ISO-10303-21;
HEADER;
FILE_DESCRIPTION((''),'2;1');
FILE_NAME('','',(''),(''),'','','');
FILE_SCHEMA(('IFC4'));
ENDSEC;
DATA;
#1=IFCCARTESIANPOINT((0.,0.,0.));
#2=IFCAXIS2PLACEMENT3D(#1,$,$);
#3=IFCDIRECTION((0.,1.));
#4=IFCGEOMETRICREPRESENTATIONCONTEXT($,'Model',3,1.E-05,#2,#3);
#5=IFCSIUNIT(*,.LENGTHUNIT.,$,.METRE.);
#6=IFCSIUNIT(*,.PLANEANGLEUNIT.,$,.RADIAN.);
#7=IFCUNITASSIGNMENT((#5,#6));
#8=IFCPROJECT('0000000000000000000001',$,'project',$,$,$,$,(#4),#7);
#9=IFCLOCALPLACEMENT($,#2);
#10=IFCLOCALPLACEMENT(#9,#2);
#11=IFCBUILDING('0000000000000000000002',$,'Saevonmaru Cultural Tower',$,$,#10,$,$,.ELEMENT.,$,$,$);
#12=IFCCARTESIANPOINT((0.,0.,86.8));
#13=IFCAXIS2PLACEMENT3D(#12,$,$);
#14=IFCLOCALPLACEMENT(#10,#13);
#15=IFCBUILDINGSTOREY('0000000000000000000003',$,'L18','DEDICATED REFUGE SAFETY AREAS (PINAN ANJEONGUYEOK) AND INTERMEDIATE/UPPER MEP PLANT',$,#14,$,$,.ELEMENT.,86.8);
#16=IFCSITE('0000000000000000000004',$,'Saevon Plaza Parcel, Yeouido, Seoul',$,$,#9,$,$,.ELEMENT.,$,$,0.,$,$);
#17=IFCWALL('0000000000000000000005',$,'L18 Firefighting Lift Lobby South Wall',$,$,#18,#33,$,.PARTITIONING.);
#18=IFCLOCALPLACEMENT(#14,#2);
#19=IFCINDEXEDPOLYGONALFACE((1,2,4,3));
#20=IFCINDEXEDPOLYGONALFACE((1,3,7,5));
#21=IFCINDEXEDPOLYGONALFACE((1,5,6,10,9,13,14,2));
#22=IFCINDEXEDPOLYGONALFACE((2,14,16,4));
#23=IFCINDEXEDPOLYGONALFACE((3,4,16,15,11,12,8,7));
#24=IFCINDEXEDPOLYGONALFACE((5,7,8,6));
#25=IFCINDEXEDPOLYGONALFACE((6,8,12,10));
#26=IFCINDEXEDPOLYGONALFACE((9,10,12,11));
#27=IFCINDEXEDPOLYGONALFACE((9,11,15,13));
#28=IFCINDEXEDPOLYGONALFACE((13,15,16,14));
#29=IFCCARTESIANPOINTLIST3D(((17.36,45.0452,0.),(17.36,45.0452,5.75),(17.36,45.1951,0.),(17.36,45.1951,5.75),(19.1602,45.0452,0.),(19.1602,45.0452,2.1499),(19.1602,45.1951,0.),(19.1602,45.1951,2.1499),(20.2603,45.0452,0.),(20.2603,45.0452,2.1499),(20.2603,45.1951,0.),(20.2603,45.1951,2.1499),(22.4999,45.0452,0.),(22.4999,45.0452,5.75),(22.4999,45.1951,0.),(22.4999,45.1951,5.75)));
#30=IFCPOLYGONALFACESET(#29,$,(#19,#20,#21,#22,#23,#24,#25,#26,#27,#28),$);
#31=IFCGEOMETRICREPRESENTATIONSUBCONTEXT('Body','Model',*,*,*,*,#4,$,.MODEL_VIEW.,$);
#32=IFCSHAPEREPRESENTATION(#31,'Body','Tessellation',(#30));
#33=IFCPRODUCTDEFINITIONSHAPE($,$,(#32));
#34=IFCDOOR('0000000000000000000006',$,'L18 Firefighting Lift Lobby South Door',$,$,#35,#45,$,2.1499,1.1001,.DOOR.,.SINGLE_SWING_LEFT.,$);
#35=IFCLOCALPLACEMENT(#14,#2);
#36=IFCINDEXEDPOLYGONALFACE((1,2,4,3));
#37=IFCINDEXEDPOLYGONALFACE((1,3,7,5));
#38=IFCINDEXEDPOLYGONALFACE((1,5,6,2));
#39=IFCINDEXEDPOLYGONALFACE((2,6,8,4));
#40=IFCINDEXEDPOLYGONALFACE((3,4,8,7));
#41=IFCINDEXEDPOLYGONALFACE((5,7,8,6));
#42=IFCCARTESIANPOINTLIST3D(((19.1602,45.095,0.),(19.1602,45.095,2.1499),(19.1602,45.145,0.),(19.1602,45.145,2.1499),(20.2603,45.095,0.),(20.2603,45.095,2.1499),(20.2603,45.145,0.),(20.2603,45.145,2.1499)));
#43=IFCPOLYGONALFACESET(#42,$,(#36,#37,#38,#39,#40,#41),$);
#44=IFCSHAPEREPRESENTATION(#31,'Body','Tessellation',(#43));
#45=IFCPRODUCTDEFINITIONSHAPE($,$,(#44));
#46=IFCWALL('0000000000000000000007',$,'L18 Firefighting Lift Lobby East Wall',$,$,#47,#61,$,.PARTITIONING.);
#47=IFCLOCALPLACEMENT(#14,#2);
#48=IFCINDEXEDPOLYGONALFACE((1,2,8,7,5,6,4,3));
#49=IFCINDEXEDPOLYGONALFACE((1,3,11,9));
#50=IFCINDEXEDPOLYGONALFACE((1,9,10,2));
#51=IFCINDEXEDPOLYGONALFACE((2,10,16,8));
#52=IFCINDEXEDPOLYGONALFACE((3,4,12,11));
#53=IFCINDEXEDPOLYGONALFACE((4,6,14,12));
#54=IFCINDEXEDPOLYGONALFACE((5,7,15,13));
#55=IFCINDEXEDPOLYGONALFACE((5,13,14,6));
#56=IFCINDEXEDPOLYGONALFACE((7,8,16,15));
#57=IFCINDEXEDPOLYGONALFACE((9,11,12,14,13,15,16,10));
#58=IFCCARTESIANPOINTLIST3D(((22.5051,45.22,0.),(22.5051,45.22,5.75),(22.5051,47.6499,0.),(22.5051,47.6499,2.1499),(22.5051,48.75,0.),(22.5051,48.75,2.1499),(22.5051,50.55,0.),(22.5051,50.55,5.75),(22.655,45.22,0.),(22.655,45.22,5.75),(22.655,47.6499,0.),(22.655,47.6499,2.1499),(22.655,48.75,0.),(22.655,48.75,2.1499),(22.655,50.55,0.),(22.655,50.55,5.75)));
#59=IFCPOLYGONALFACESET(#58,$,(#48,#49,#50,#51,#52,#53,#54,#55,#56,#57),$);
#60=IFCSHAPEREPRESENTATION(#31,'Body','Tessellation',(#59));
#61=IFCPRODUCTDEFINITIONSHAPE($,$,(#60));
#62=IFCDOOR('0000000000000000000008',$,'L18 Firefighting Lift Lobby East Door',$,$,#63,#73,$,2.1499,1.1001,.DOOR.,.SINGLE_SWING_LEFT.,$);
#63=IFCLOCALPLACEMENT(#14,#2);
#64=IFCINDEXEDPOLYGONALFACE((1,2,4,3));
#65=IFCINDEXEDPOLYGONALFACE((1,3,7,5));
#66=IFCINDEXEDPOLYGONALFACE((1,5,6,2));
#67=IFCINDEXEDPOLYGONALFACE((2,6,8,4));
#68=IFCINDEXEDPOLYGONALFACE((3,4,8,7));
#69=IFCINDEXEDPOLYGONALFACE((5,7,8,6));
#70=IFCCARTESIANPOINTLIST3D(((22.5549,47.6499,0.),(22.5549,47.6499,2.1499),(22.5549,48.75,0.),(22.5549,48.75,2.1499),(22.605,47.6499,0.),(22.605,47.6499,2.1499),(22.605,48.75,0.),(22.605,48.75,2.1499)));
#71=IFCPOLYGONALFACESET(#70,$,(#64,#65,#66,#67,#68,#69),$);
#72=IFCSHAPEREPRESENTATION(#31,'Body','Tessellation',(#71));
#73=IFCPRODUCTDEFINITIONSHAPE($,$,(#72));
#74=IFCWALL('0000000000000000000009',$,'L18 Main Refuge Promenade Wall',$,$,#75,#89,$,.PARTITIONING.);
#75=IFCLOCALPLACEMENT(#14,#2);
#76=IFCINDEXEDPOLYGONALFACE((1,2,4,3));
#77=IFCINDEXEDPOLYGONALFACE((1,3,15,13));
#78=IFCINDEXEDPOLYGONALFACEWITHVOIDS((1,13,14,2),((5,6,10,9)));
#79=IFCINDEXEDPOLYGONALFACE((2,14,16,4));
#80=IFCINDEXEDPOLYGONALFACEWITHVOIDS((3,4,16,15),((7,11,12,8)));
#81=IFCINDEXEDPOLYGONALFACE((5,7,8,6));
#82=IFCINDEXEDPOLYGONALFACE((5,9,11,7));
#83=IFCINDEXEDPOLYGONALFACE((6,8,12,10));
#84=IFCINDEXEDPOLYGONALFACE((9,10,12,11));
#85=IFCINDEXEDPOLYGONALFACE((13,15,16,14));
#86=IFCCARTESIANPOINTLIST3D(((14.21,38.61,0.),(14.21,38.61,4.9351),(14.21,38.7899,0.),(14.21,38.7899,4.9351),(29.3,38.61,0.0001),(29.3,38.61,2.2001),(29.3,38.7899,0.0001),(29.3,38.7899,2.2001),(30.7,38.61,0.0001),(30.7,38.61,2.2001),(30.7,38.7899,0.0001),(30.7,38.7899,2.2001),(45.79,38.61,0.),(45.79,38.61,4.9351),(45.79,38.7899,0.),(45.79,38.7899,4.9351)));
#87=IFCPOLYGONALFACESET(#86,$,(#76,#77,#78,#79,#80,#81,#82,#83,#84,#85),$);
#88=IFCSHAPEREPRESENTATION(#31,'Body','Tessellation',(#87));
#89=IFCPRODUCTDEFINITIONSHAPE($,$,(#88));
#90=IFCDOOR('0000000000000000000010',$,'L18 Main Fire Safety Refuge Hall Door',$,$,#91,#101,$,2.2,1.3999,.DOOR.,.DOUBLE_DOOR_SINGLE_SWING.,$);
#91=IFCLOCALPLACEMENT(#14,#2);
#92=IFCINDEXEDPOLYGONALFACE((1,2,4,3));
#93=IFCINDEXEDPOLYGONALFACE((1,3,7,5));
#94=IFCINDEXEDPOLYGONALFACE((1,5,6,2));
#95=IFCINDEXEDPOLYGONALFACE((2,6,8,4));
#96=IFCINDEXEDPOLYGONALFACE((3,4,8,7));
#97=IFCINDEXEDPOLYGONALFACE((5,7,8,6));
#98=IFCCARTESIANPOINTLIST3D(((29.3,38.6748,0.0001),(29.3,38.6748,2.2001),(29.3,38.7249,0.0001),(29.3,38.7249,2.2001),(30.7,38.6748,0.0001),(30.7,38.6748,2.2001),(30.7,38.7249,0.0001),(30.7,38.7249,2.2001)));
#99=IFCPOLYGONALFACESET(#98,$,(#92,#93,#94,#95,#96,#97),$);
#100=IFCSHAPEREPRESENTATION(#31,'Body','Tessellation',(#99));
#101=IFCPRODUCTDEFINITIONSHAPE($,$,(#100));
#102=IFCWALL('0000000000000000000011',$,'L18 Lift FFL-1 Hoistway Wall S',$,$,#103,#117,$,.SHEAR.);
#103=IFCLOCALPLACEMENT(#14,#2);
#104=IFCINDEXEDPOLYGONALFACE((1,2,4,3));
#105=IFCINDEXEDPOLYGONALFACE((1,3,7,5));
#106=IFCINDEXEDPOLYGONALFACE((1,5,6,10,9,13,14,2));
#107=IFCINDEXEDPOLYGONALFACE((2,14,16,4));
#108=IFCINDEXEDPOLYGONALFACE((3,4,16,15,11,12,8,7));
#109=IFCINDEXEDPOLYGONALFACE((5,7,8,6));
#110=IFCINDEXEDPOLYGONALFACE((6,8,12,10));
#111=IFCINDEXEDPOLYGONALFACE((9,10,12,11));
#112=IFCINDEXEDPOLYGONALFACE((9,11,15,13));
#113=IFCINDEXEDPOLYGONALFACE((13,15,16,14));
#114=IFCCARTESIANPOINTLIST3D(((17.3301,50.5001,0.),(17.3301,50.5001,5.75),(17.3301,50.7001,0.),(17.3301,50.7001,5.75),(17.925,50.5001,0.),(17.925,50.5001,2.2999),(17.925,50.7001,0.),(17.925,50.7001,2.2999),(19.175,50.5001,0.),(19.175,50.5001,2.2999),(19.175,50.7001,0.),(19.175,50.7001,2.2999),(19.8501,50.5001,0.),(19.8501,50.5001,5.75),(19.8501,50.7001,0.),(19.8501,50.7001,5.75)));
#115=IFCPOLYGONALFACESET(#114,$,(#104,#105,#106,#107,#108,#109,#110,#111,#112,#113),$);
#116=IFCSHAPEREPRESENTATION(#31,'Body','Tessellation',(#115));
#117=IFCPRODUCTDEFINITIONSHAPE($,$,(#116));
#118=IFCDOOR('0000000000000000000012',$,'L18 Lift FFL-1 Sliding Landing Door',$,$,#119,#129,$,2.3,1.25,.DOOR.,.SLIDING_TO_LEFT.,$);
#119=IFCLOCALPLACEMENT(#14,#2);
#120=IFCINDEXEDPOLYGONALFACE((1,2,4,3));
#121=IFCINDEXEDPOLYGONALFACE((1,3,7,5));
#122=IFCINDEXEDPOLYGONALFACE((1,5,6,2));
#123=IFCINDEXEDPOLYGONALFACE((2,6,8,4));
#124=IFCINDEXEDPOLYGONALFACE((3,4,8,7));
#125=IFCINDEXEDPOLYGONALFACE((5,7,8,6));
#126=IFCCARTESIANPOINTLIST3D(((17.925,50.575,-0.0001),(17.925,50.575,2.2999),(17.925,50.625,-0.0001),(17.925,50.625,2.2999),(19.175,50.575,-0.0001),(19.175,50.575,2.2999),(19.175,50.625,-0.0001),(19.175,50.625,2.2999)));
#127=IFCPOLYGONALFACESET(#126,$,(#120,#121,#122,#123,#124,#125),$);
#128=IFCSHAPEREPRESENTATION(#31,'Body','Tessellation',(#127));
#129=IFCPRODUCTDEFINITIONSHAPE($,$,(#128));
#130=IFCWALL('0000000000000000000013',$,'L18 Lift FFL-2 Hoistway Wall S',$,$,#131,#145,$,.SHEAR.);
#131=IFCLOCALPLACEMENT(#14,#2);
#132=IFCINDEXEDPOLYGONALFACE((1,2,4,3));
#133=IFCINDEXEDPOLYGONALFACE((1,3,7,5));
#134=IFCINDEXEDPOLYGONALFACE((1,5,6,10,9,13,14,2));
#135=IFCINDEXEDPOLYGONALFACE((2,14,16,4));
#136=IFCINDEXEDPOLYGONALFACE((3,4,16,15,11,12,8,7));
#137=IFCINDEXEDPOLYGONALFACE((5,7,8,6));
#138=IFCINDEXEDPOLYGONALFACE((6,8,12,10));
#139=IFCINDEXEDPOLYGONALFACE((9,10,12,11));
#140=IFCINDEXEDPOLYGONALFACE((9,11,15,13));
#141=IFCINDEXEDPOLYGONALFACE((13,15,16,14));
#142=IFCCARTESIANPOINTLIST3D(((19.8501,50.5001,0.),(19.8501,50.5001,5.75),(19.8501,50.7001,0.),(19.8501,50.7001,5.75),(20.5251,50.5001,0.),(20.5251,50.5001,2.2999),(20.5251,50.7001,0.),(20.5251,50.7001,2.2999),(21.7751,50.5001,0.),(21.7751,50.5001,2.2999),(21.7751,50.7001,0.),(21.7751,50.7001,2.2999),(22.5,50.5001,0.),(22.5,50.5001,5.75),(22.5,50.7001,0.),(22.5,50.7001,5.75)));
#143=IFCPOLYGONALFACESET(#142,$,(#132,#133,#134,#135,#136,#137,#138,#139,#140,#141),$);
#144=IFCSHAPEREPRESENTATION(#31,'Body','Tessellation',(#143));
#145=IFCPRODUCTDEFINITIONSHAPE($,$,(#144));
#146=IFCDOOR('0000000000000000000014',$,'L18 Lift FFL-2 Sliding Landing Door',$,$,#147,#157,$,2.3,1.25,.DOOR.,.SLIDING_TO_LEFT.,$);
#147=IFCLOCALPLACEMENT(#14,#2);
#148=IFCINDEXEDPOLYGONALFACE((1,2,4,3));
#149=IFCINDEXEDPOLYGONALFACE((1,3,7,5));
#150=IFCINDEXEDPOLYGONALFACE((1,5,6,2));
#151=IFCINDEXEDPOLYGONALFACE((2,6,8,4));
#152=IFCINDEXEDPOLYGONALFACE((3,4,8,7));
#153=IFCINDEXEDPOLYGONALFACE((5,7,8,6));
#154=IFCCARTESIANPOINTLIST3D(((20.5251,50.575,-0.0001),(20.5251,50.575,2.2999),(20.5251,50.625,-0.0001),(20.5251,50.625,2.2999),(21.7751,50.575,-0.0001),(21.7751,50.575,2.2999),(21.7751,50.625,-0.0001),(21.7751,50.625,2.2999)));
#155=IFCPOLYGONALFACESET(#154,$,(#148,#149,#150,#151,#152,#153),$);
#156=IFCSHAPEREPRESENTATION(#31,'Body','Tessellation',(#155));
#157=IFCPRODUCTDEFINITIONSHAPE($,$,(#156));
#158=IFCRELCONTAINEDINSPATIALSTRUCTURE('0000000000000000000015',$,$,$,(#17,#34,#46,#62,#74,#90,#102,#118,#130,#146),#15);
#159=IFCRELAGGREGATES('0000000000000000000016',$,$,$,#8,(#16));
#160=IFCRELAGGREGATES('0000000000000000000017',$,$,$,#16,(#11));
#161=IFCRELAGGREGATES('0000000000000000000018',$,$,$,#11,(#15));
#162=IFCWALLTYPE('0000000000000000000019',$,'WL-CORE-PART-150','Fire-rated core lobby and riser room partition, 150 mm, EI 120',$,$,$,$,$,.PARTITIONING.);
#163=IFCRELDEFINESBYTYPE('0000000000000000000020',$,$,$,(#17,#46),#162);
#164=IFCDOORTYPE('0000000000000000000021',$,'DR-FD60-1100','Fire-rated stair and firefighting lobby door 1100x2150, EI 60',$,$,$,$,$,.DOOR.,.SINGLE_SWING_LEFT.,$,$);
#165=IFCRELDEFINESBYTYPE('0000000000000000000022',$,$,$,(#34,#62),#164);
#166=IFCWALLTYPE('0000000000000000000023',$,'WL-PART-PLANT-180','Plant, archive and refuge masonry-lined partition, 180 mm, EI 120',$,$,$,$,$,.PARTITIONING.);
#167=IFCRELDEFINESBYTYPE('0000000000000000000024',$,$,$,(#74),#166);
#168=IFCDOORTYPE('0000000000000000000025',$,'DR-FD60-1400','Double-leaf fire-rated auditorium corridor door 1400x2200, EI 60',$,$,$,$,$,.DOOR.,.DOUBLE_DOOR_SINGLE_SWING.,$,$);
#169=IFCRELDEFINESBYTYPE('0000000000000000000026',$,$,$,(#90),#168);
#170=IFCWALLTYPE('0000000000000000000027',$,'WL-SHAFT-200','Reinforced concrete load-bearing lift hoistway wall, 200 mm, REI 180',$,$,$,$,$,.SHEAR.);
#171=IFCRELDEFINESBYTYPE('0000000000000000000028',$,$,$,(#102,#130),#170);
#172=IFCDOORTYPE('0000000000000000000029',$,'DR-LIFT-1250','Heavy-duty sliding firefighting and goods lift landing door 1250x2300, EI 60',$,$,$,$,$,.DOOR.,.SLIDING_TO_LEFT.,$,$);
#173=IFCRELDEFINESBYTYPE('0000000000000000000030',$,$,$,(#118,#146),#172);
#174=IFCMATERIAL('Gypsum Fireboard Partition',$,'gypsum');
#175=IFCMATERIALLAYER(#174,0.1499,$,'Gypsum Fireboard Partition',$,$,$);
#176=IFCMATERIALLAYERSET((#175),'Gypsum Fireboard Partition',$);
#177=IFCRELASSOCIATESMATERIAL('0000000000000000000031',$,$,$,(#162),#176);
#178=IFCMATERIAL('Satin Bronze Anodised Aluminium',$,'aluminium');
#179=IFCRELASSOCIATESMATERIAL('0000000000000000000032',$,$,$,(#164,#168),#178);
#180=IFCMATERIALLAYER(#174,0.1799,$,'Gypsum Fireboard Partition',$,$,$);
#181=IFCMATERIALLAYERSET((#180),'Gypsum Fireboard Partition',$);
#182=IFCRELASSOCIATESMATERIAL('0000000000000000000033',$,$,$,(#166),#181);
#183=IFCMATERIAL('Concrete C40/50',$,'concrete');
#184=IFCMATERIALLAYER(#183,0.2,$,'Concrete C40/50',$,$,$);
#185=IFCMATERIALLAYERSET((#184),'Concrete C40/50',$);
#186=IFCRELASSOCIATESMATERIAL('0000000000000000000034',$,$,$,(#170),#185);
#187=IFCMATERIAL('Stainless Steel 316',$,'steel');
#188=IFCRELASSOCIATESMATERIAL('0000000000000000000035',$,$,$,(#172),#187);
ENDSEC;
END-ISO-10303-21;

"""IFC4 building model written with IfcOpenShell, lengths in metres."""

from ifc_helpers import new_model, si_unit, direction, frame, frame_2d, origin, place, context, subcontext, project, spatial, rectangle, extrude, material, layer, layer_set, type_object, element, fill, save


model = new_model("IFC4")

# Units and contexts
model_context = context("Model", 3, precision=1e-05, world=origin(), true_north=direction((0.0, 1.0)))
body_context = subcontext(model_context, "Body", "Model", "MODEL_VIEW")
ifc_project = project(units=[si_unit("LENGTHUNIT", "METRE"), si_unit("PLANEANGLEUNIT", "RADIAN")], contexts=[model_context])

# Site, building, storey
site_placement = place(None, origin())
site = spatial("IfcSite", under=ifc_project, at=site_placement, Name="Saevon Plaza Parcel, Yeouido, Seoul", CompositionType="ELEMENT", RefElevation=0.0)
building_placement = place(site_placement, origin())
building = spatial("IfcBuilding", under=site, at=building_placement, Name="Saevonmaru Cultural Tower", CompositionType="ELEMENT")
storey_placement = place(building_placement, frame((0.0, 0.0, 86.8)))
storey = spatial("IfcBuildingStorey", under=building, at=storey_placement, Name="L18", Description="DEDICATED REFUGE SAFETY AREAS (PINAN ANJEONGUYEOK) AND INTERMEDIATE/UPPER MEP PLANT", CompositionType="ELEMENT", Elevation=86.8)

# Walls, openings, doors
ifc_material_1 = material(Name="Gypsum Fireboard Partition", Category="gypsum")
ifc_layer_1 = layer(ifc_material_1, 0.1499, Name="Gypsum Fireboard Partition")
ifc_layer_set_1 = layer_set([ifc_layer_1], Name="Gypsum Fireboard Partition")
wall_type_1 = type_object("IfcWallType", Name="WL-CORE-PART-150", Description="Fire-rated core lobby and riser room partition, 150 mm, EI 120", PredefinedType="PARTITIONING", material=ifc_layer_set_1)
wall_1_placement = place(storey_placement, frame((17.3601, 45.1201, 0.0), z_axis=(0.0, 0.0, 1.0), x_axis=(1.0, 0.0, 0.0)))
wall_1 = element("IfcWall", 1, at=wall_1_placement, inside=storey, type_object=wall_type_1, Name="L18 Firefighting Lift Lobby South Wall", PredefinedType="PARTITIONING", context=body_context, shape_type="SweptSolid", body=[
    extrude(rectangle(XDim=5.1399, YDim=0.1499, at=frame_2d((2.5698, 0.0))), origin(), (0.0, 0.0, 1.0), 5.75),
])
opening_1_placement = place(wall_1_placement, frame((1.8, 0.0, 0.0)))
opening_1 = element("IfcOpeningElement", 2, at=opening_1_placement, cuts=wall_1, PredefinedType="OPENING", context=body_context, shape_type="SweptSolid", body=[
    extrude(rectangle(XDim=1.1001, YDim=2.1499, at=frame_2d((0.55, 1.075))), frame((0.0, 0.085, 0.0), z_axis=(0.0, -1.0, 0.0), x_axis=(1.0, 0.0, 0.0)), (0.0, 0.0, 1.0), 0.1699),
])
ifc_material_2 = material(Name="Satin Bronze Anodised Aluminium", Category="aluminium")
door_type_1 = type_object("IfcDoorType", Name="DR-FD60-1100", Description="Fire-rated stair and firefighting lobby door 1100x2150, EI 60", OperationType="SINGLE_SWING_LEFT", PredefinedType="DOOR", material=ifc_material_2)
door_1_placement = place(opening_1_placement, origin())
door_1 = element("IfcDoor", 3, at=door_1_placement, inside=storey, type_object=door_type_1, Name="L18 Firefighting Lift Lobby South Door", OperationType="SINGLE_SWING_LEFT", OverallHeight=2.1499, OverallWidth=1.1001, PredefinedType="DOOR", context=body_context, shape_type="SweptSolid", body=[
    extrude(rectangle(XDim=1.1001, YDim=2.1499, at=frame_2d((0.55, 1.075))), frame((0.0, 0.0249, 0.0), z_axis=(0.0, -1.0, 0.0), x_axis=(1.0, 0.0, 0.0)), (0.0, 0.0, 1.0), 0.05),
])
fill(opening_1, door_1)
wall_2_placement = place(storey_placement, frame((22.5801, 50.55, 0.0), z_axis=(0.0, 0.0, 1.0), x_axis=(0.0, -1.0, 0.0)))
wall_2 = element("IfcWall", 4, at=wall_2_placement, inside=storey, type_object=wall_type_1, Name="L18 Firefighting Lift Lobby East Wall", PredefinedType="PARTITIONING", context=body_context, shape_type="SweptSolid", body=[
    extrude(rectangle(XDim=5.3301, YDim=0.1499, at=frame_2d((2.665, 0.0))), origin(), (0.0, 0.0, 1.0), 5.75),
])
opening_2_placement = place(wall_2_placement, frame((1.8, 0.0, 0.0)))
opening_2 = element("IfcOpeningElement", 5, at=opening_2_placement, cuts=wall_2, PredefinedType="OPENING", context=body_context, shape_type="SweptSolid", body=[
    extrude(rectangle(XDim=1.1001, YDim=2.1499, at=frame_2d((0.55, 1.075))), frame((0.0, 0.085, 0.0), z_axis=(0.0, -1.0, 0.0), x_axis=(1.0, 0.0, 0.0)), (0.0, 0.0, 1.0), 0.1699),
])
door_2_placement = place(opening_2_placement, origin())
door_2 = element("IfcDoor", 6, at=door_2_placement, inside=storey, type_object=door_type_1, Name="L18 Firefighting Lift Lobby East Door", OperationType="SINGLE_SWING_LEFT", OverallHeight=2.1499, OverallWidth=1.1001, PredefinedType="DOOR", context=body_context, shape_type="SweptSolid", body=[
    extrude(rectangle(XDim=1.1001, YDim=2.1499, at=frame_2d((0.55, 1.075))), frame((0.0, 0.0249, 0.0), z_axis=(0.0, -1.0, 0.0), x_axis=(1.0, 0.0, 0.0)), (0.0, 0.0, 1.0), 0.05),
])
fill(opening_2, door_2)
ifc_layer_2 = layer(ifc_material_1, 0.1799, Name="Gypsum Fireboard Partition")
ifc_layer_set_2 = layer_set([ifc_layer_2], Name="Gypsum Fireboard Partition")
wall_type_2 = type_object("IfcWallType", Name="WL-PART-PLANT-180", Description="Plant, archive and refuge masonry-lined partition, 180 mm, EI 120", PredefinedType="PARTITIONING", material=ifc_layer_set_2)
wall_3_placement = place(storey_placement, frame((14.21, 38.7, 0.0), z_axis=(0.0, 0.0, 1.0), x_axis=(1.0, 0.0, 0.0)))
wall_3 = element("IfcWall", 7, at=wall_3_placement, inside=storey, type_object=wall_type_2, Name="L18 Main Refuge Promenade Wall", PredefinedType="PARTITIONING", context=body_context, shape_type="SweptSolid", body=[
    extrude(rectangle(XDim=31.5801, YDim=0.1799, at=frame_2d((15.79, 0.0))), origin(), (0.0, 0.0, 1.0), 4.9351),
])
opening_3_placement = place(wall_3_placement, frame((15.0901, 0.0, 0.0)))
opening_3 = element("IfcOpeningElement", 8, at=opening_3_placement, cuts=wall_3, PredefinedType="OPENING", context=body_context, shape_type="SweptSolid", body=[
    extrude(rectangle(XDim=1.3999, YDim=2.2, at=frame_2d((0.7, 1.1001))), frame((0.0, 0.1001, 0.0), z_axis=(0.0, -1.0, 0.0), x_axis=(1.0, 0.0, 0.0)), (0.0, 0.0, 1.0), 0.2),
])
door_type_2 = type_object("IfcDoorType", Name="DR-FD60-1400", Description="Double-leaf fire-rated auditorium corridor door 1400x2200, EI 60", OperationType="DOUBLE_DOOR_SINGLE_SWING", PredefinedType="DOOR", material=ifc_material_2)
door_3_placement = place(opening_3_placement, origin())
door_3 = element("IfcDoor", 9, at=door_3_placement, inside=storey, type_object=door_type_2, Name="L18 Main Fire Safety Refuge Hall Door", OperationType="DOUBLE_DOOR_SINGLE_SWING", OverallHeight=2.2, OverallWidth=1.3999, PredefinedType="DOOR", context=body_context, shape_type="SweptSolid", body=[
    extrude(rectangle(XDim=1.3999, YDim=2.2, at=frame_2d((0.7, 1.1001))), frame((0.0, 0.0249, 0.0), z_axis=(0.0, -1.0, 0.0), x_axis=(1.0, 0.0, 0.0)), (0.0, 0.0, 1.0), 0.05),
])
fill(opening_3, door_3)
ifc_material_3 = material(Name="Concrete C40/50", Category="concrete")
ifc_layer_3 = layer(ifc_material_3, 0.2, Name="Concrete C40/50")
ifc_layer_set_3 = layer_set([ifc_layer_3], Name="Concrete C40/50")
wall_type_3 = type_object("IfcWallType", Name="WL-SHAFT-200", Description="Reinforced concrete load-bearing lift hoistway wall, 200 mm, REI 180", PredefinedType="SHEAR", material=ifc_layer_set_3)
wall_4_placement = place(storey_placement, frame((17.3301, 50.6001, 0.0), z_axis=(0.0, 0.0, 1.0), x_axis=(1.0, 0.0, 0.0)))
wall_4 = element("IfcWall", 10, at=wall_4_placement, inside=storey, type_object=wall_type_3, Name="L18 Lift FFL-1 Hoistway Wall S", PredefinedType="SHEAR", context=body_context, shape_type="SweptSolid", body=[
    extrude(rectangle(XDim=2.52, YDim=0.2, at=frame_2d((1.26, 0.0))), origin(), (0.0, 0.0, 1.0), 5.75),
])
opening_4_placement = place(wall_4_placement, frame((0.595, 0.0, 0.0)))
opening_4 = element("IfcOpeningElement", 11, at=opening_4_placement, cuts=wall_4, PredefinedType="OPENING", context=body_context, shape_type="SweptSolid", body=[
    extrude(rectangle(XDim=1.25, YDim=2.3, at=frame_2d((0.625, 1.1499))), frame((0.0, 0.1099, 0.0), z_axis=(0.0, -1.0, 0.0), x_axis=(1.0, 0.0, 0.0)), (0.0, 0.0, 1.0), 0.22),
])
ifc_material_4 = material(Name="Stainless Steel 316", Category="steel")
door_type_3 = type_object("IfcDoorType", Name="DR-LIFT-1250", Description="Heavy-duty sliding firefighting and goods lift landing door 1250x2300, EI 60", OperationType="SLIDING_TO_LEFT", PredefinedType="DOOR", material=ifc_material_4)
door_4_placement = place(opening_4_placement, origin())
door_4 = element("IfcDoor", 12, at=door_4_placement, inside=storey, type_object=door_type_3, Name="L18 Lift FFL-1 Sliding Landing Door", OperationType="SLIDING_TO_LEFT", OverallHeight=2.3, OverallWidth=1.25, PredefinedType="DOOR", context=body_context, shape_type="SweptSolid", body=[
    extrude(rectangle(XDim=1.25, YDim=2.3, at=frame_2d((0.625, 1.1499))), frame((0.0, 0.0249, 0.0), z_axis=(0.0, -1.0, 0.0), x_axis=(1.0, 0.0, 0.0)), (0.0, 0.0, 1.0), 0.05),
])
fill(opening_4, door_4)
wall_5_placement = place(storey_placement, frame((19.8501, 50.6001, 0.0), z_axis=(0.0, 0.0, 1.0), x_axis=(1.0, 0.0, 0.0)))
wall_5 = element("IfcWall", 13, at=wall_5_placement, inside=storey, type_object=wall_type_3, Name="L18 Lift FFL-2 Hoistway Wall S", PredefinedType="SHEAR", context=body_context, shape_type="SweptSolid", body=[
    extrude(rectangle(XDim=2.6499, YDim=0.2, at=frame_2d((1.325, 0.0))), origin(), (0.0, 0.0, 1.0), 5.75),
])
opening_5_placement = place(wall_5_placement, frame((0.675, 0.0, 0.0)))
opening_5 = element("IfcOpeningElement", 14, at=opening_5_placement, cuts=wall_5, PredefinedType="OPENING", context=body_context, shape_type="SweptSolid", body=[
    extrude(rectangle(XDim=1.25, YDim=2.3, at=frame_2d((0.625, 1.1499))), frame((0.0, 0.1099, 0.0), z_axis=(0.0, -1.0, 0.0), x_axis=(1.0, 0.0, 0.0)), (0.0, 0.0, 1.0), 0.22),
])
door_5_placement = place(opening_5_placement, origin())
door_5 = element("IfcDoor", 15, at=door_5_placement, inside=storey, type_object=door_type_3, Name="L18 Lift FFL-2 Sliding Landing Door", OperationType="SLIDING_TO_LEFT", OverallHeight=2.3, OverallWidth=1.25, PredefinedType="DOOR", context=body_context, shape_type="SweptSolid", body=[
    extrude(rectangle(XDim=1.25, YDim=2.3, at=frame_2d((0.625, 1.1499))), frame((0.0, 0.0249, 0.0), z_axis=(0.0, -1.0, 0.0), x_axis=(1.0, 0.0, 0.0)), (0.0, 0.0, 1.0), 0.05),
])
fill(opening_5, door_5)

save(model, "model.ifc")
